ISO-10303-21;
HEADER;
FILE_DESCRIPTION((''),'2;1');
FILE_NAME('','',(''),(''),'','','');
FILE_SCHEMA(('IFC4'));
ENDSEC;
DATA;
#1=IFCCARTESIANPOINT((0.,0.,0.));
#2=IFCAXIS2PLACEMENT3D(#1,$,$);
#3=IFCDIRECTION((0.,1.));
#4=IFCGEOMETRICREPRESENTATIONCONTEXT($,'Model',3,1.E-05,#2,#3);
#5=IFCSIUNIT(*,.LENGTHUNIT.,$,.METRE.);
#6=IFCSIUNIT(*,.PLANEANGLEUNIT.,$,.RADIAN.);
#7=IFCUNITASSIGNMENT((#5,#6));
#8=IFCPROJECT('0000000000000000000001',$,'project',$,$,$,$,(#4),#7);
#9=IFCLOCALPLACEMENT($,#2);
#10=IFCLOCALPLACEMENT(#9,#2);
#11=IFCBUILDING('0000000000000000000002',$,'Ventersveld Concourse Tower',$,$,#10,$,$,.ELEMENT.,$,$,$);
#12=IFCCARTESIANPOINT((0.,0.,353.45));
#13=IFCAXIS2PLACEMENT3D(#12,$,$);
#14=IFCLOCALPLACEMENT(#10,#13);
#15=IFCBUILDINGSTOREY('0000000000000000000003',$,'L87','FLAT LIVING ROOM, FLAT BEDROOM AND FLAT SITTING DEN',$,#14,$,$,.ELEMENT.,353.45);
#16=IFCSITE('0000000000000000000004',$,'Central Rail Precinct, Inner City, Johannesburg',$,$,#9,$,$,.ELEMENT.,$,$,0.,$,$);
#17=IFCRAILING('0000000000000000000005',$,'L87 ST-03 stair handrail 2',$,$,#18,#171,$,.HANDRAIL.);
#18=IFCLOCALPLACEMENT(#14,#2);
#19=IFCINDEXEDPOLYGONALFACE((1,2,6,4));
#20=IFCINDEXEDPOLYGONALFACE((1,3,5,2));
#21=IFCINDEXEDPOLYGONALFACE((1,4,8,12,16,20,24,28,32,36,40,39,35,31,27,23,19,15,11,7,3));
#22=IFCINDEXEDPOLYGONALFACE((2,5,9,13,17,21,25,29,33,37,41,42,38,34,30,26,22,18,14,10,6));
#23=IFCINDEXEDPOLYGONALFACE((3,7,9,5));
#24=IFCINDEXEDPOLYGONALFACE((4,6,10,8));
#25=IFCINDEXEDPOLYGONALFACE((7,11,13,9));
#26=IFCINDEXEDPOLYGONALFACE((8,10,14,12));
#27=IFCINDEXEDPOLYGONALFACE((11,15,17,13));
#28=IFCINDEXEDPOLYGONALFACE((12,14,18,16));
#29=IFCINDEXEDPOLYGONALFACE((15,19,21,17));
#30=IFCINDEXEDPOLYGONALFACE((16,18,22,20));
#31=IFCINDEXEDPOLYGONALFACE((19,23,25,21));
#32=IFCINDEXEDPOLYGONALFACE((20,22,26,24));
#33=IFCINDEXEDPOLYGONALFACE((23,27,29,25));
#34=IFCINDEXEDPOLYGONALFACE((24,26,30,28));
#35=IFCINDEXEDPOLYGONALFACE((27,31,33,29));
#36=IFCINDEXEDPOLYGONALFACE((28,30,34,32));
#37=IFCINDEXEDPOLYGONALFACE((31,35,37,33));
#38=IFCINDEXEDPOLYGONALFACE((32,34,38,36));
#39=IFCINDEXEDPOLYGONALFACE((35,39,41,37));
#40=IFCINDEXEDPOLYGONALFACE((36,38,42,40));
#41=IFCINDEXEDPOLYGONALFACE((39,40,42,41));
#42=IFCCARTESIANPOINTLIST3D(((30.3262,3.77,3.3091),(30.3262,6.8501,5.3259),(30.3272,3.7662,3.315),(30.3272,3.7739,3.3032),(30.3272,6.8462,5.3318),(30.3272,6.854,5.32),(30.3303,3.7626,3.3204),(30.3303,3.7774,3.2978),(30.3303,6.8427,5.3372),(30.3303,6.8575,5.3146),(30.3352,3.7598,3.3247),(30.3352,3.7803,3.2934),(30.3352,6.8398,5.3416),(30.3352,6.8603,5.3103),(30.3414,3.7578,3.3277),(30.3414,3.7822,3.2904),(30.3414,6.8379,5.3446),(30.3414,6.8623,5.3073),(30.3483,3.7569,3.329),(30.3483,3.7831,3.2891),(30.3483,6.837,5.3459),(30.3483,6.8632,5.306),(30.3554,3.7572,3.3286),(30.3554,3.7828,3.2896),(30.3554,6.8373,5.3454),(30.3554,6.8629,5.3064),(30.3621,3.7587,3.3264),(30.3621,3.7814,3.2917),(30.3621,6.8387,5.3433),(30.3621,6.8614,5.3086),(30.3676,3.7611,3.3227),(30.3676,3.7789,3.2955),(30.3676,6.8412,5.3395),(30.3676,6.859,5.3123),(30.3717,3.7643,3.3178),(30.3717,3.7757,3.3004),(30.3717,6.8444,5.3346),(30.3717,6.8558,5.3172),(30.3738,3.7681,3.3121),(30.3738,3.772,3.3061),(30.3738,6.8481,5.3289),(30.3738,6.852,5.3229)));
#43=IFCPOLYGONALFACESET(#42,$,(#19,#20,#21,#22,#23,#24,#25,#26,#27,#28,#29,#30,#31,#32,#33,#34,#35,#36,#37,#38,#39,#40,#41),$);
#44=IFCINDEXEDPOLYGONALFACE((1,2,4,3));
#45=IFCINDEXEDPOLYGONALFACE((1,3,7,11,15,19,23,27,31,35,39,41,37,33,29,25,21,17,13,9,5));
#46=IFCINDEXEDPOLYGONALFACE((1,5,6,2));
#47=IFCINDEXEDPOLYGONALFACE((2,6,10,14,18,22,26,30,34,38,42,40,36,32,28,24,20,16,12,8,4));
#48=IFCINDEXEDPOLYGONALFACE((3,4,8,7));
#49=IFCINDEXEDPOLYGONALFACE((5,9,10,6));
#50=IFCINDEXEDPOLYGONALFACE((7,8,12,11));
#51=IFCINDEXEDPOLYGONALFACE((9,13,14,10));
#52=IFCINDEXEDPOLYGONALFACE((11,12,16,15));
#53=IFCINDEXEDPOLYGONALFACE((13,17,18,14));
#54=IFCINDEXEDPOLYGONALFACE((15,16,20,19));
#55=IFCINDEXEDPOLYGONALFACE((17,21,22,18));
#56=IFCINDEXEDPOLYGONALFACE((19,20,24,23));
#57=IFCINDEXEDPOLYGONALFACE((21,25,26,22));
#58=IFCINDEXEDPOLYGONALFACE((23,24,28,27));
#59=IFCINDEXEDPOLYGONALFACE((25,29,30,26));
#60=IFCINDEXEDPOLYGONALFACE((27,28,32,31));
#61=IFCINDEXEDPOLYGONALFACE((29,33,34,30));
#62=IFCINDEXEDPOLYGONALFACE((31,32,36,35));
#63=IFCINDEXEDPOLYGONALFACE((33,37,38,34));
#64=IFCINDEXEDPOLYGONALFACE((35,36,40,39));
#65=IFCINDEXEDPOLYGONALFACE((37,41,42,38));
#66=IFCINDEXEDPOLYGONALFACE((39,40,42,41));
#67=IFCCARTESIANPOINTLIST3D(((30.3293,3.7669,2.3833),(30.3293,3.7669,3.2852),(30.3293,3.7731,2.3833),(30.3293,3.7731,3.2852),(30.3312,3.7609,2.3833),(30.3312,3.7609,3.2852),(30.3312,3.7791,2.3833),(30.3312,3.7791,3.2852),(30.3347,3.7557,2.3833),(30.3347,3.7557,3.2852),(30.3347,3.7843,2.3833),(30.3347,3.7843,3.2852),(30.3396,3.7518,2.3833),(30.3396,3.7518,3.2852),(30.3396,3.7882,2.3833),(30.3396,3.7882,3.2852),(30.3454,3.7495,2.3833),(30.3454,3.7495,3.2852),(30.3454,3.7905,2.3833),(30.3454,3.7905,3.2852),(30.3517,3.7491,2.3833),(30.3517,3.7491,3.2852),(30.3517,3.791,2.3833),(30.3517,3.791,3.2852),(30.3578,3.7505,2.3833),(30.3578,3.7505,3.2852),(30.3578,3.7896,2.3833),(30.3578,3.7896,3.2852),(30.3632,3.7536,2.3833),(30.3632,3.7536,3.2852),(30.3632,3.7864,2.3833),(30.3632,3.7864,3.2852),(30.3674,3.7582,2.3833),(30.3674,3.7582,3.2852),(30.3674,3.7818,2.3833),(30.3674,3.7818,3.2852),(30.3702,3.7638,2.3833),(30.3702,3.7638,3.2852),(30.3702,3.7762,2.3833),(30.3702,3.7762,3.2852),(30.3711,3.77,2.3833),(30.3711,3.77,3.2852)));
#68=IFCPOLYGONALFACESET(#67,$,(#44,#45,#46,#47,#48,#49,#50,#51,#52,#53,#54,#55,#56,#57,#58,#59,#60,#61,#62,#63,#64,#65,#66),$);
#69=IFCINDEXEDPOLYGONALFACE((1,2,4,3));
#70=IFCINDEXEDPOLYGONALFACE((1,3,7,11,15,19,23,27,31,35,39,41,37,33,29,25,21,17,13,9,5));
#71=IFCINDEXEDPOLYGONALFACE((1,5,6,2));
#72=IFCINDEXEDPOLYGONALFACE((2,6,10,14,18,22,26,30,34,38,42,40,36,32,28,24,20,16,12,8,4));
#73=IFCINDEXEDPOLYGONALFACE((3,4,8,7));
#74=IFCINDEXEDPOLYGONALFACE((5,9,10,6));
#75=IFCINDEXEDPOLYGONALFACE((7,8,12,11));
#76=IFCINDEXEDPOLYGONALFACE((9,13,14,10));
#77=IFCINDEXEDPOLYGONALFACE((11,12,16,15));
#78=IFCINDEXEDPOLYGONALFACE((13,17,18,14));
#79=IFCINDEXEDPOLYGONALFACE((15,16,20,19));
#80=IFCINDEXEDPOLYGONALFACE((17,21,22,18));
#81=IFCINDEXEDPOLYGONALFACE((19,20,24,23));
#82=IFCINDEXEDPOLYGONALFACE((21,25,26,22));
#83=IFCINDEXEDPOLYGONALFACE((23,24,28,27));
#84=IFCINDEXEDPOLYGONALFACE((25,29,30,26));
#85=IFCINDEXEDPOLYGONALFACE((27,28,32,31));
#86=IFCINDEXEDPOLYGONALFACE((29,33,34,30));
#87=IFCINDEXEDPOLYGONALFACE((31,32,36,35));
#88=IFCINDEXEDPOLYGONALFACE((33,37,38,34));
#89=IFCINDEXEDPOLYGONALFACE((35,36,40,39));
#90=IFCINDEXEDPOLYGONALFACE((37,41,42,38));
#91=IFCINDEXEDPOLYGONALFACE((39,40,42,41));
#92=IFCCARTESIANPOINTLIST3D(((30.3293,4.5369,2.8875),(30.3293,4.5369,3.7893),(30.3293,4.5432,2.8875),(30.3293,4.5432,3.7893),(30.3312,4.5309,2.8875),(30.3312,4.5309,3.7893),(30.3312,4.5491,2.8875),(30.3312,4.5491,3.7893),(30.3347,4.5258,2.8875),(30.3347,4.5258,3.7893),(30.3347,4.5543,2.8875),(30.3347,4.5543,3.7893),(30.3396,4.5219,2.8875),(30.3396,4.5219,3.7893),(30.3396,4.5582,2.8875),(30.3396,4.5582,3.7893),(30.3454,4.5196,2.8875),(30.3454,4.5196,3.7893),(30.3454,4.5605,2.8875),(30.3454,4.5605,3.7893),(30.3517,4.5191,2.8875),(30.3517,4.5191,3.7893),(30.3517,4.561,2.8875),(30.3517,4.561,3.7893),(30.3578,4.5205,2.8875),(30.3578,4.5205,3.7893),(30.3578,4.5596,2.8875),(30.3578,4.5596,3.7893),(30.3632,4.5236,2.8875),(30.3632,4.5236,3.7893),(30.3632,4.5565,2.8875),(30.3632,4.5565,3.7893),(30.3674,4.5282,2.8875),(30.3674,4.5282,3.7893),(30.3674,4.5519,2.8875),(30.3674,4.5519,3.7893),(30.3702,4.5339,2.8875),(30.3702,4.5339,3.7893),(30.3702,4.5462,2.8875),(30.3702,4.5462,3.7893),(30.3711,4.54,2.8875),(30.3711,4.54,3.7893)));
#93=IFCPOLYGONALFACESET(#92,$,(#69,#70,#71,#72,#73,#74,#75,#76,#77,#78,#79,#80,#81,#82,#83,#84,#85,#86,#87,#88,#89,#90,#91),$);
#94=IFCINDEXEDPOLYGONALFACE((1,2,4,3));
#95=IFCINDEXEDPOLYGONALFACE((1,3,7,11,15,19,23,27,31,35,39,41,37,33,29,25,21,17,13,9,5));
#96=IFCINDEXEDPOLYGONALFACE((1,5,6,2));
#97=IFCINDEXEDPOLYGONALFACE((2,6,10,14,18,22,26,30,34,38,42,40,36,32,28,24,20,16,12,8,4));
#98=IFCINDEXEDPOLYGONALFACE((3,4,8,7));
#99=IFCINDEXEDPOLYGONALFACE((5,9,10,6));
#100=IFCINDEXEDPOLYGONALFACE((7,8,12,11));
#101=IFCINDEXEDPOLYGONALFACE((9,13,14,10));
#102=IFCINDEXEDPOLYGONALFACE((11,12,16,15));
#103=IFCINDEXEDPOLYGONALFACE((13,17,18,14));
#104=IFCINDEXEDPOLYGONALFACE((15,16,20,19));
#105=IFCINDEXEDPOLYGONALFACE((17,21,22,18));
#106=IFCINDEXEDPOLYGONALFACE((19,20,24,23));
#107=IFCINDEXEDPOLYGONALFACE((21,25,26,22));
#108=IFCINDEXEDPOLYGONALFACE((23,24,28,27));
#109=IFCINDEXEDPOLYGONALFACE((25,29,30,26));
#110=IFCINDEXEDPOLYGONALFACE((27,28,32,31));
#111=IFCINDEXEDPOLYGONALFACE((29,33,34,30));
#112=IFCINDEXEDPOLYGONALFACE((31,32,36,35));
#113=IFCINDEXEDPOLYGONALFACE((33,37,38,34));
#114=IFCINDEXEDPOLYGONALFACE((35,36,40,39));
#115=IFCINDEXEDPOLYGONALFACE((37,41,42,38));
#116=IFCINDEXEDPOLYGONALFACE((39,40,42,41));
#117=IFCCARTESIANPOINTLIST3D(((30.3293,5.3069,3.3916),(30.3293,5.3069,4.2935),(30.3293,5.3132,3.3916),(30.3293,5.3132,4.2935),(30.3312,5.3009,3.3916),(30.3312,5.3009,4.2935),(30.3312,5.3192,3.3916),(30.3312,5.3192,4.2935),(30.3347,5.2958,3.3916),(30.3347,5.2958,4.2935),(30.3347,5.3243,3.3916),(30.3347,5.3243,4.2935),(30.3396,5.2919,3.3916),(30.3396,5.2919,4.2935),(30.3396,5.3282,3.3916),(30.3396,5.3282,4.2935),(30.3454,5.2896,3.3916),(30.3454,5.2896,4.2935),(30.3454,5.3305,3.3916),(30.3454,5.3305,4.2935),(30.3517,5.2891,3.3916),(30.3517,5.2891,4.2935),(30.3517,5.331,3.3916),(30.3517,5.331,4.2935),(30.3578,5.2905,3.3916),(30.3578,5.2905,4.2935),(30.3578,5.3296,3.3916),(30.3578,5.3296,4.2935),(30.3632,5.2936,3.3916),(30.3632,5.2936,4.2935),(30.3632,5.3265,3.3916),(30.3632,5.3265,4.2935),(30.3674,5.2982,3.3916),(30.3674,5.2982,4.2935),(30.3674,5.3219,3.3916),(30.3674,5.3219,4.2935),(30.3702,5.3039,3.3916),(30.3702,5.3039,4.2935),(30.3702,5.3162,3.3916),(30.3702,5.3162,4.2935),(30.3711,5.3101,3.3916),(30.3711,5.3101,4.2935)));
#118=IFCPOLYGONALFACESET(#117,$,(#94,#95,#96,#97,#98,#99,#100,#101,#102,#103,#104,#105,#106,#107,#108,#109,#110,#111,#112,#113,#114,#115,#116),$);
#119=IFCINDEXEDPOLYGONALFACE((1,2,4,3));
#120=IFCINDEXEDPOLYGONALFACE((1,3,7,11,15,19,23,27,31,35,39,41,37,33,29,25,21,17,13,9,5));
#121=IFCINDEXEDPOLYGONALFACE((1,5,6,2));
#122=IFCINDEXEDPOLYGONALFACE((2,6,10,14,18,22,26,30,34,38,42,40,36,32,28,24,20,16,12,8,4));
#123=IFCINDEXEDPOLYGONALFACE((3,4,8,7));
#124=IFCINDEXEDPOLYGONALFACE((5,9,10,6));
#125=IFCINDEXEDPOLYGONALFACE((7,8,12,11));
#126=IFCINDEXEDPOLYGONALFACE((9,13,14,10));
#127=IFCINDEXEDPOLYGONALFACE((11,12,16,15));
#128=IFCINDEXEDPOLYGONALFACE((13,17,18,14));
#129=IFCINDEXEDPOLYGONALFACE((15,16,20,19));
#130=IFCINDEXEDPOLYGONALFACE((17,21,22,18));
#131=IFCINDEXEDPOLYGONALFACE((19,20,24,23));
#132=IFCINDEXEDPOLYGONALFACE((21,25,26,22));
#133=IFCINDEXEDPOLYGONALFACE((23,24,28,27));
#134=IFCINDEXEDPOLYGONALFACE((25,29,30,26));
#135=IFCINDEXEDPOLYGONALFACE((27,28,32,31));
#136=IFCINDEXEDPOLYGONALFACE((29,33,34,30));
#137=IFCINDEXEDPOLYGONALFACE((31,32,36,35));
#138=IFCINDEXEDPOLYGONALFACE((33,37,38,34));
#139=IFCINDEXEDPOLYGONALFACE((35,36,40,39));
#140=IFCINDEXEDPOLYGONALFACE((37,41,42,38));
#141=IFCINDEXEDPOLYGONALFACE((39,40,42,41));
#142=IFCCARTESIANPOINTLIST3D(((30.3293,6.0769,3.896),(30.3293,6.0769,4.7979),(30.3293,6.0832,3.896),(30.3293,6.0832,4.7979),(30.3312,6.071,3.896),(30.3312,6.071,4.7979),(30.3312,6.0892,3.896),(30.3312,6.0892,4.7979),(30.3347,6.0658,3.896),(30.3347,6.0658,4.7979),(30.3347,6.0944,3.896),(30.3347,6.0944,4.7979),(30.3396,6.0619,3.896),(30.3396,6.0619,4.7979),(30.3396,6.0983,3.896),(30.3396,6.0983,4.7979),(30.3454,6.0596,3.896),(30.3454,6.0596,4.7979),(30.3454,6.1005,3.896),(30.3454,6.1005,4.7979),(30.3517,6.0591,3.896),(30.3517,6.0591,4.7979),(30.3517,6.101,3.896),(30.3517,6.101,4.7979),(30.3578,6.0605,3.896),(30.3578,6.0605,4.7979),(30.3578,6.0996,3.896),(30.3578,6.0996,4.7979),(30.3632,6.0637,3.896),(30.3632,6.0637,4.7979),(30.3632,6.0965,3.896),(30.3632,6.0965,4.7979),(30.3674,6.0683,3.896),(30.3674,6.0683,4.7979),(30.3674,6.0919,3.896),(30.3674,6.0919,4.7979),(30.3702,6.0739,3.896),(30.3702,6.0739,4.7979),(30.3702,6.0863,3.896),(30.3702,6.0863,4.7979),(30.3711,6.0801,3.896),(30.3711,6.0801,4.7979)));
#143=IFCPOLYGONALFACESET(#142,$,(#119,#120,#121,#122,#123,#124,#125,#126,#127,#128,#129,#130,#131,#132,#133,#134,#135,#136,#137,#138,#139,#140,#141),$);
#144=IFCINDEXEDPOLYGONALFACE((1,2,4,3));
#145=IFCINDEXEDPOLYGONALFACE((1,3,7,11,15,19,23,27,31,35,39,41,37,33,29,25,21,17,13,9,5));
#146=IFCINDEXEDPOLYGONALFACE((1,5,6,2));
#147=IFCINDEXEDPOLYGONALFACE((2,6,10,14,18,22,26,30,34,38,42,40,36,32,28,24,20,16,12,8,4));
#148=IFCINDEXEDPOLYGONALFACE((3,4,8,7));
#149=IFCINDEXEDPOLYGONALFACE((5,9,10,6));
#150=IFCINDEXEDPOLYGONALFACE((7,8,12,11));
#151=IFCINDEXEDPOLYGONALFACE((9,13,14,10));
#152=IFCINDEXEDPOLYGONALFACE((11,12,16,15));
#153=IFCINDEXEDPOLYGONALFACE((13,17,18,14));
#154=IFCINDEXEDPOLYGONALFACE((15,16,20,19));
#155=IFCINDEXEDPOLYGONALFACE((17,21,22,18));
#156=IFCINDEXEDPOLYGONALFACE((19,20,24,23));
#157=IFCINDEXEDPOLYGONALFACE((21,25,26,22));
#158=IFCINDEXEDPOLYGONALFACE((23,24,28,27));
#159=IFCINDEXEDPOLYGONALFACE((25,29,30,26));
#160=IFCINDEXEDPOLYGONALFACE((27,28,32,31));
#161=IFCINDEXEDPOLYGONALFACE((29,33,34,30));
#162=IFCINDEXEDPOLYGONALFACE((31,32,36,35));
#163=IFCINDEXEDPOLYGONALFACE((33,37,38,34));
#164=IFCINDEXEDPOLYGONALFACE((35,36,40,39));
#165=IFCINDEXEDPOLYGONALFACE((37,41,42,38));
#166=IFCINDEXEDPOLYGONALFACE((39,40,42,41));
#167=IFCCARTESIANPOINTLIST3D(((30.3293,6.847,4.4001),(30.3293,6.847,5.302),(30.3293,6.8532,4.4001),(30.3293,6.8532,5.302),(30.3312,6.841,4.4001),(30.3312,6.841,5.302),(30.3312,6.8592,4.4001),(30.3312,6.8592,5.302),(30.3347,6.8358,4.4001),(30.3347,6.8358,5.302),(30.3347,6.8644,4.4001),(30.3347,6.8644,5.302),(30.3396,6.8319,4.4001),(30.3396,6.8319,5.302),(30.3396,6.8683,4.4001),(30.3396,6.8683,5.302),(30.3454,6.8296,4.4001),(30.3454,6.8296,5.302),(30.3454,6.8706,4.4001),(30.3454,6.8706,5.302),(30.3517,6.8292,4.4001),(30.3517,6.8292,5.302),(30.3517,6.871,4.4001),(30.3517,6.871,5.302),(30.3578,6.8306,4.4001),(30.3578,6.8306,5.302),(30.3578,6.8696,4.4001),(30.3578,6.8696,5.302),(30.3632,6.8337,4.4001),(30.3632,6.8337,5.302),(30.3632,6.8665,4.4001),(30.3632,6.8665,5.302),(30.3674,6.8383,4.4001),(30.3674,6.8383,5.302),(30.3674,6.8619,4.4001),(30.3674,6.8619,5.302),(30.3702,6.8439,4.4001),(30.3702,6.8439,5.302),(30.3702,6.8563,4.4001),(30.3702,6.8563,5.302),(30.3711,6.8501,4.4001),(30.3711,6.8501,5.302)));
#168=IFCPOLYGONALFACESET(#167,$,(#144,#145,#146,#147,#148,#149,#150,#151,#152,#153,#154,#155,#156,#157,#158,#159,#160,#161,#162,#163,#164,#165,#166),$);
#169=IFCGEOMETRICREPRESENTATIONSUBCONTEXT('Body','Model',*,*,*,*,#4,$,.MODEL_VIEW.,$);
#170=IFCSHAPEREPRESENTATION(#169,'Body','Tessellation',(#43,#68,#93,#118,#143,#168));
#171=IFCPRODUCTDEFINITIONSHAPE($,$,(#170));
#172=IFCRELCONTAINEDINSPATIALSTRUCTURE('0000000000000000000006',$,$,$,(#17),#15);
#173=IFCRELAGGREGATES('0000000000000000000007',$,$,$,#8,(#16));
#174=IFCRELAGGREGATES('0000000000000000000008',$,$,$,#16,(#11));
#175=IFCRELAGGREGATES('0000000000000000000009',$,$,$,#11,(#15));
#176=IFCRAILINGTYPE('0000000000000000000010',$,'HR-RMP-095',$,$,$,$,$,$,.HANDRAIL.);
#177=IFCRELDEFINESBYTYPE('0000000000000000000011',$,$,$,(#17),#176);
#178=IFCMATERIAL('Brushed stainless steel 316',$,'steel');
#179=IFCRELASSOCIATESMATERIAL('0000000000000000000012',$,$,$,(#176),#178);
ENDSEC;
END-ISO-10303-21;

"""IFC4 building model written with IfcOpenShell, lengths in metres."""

from ifc_helpers import new_model, si_unit, direction, frame, origin, origin_2d, place, context, subcontext, project, spatial, circle, extrude, material, type_object, element, save


model = new_model("IFC4")

# Units and contexts
model_context = context("Model", 3, precision=1e-05, world=origin(), true_north=direction((0.0, 1.0)))
body_context = subcontext(model_context, "Body", "Model", "MODEL_VIEW")
ifc_project = project(units=[si_unit("LENGTHUNIT", "METRE"), si_unit("PLANEANGLEUNIT", "RADIAN")], contexts=[model_context])

# Site, building, storey
site_placement = place(None, origin())
site = spatial("IfcSite", under=ifc_project, at=site_placement, Name="Central Rail Precinct, Inner City, Johannesburg", CompositionType="ELEMENT", RefElevation=0.0)
building_placement = place(site_placement, origin())
building = spatial("IfcBuilding", under=site, at=building_placement, Name="Ventersveld Concourse Tower", CompositionType="ELEMENT")
storey_placement = place(building_placement, frame((0.0, 0.0, 353.45)))
storey = spatial("IfcBuildingStorey", under=building, at=storey_placement, Name="L87", Description="FLAT LIVING ROOM, FLAT BEDROOM AND FLAT SITTING DEN", CompositionType="ELEMENT", Elevation=353.45)

# Shared definitions
ifc_material_1 = material(Name="Brushed stainless steel 316", Category="steel")

# Railing
railing_type_1 = type_object("IfcRailingType", Name="HR-RMP-095", PredefinedType="HANDRAIL", material=ifc_material_1)
railing_1_placement = place(storey_placement, frame((30.3501, 3.77, 2.3833)))
element("IfcRailing", 1, at=railing_1_placement, inside=storey, type_object=railing_type_1, Name="L87 ST-03 stair handrail 2", PredefinedType="HANDRAIL", context=body_context, shape_type="SweptSolid", body=[
    extrude(circle(Radius=0.0239, at=origin_2d()), frame((0.0, 0.0, 0.9258), z_axis=(0.0, 0.836603, 0.54781), x_axis=(-1.0, 0.0, 0.0)), (0.0, 0.0, 1.0), 3.6816),
    extrude(circle(Radius=0.021, at=origin_2d()), origin(), (0.0, 0.0, 1.0), 0.9019),
    extrude(circle(Radius=0.021, at=origin_2d()), frame((0.0, 0.77, 0.5042)), (0.0, 0.0, 1.0), 0.9019),
    extrude(circle(Radius=0.021, at=origin_2d()), frame((0.0, 1.54, 1.0083)), (0.0, 0.0, 1.0), 0.9019),
    extrude(circle(Radius=0.021, at=origin_2d()), frame((0.0, 2.3101, 1.5127)), (0.0, 0.0, 1.0), 0.9019),
    extrude(circle(Radius=0.021, at=origin_2d()), frame((0.0, 3.0801, 2.0168)), (0.0, 0.0, 1.0), 0.9019),
])

save(model, "model.ifc")
